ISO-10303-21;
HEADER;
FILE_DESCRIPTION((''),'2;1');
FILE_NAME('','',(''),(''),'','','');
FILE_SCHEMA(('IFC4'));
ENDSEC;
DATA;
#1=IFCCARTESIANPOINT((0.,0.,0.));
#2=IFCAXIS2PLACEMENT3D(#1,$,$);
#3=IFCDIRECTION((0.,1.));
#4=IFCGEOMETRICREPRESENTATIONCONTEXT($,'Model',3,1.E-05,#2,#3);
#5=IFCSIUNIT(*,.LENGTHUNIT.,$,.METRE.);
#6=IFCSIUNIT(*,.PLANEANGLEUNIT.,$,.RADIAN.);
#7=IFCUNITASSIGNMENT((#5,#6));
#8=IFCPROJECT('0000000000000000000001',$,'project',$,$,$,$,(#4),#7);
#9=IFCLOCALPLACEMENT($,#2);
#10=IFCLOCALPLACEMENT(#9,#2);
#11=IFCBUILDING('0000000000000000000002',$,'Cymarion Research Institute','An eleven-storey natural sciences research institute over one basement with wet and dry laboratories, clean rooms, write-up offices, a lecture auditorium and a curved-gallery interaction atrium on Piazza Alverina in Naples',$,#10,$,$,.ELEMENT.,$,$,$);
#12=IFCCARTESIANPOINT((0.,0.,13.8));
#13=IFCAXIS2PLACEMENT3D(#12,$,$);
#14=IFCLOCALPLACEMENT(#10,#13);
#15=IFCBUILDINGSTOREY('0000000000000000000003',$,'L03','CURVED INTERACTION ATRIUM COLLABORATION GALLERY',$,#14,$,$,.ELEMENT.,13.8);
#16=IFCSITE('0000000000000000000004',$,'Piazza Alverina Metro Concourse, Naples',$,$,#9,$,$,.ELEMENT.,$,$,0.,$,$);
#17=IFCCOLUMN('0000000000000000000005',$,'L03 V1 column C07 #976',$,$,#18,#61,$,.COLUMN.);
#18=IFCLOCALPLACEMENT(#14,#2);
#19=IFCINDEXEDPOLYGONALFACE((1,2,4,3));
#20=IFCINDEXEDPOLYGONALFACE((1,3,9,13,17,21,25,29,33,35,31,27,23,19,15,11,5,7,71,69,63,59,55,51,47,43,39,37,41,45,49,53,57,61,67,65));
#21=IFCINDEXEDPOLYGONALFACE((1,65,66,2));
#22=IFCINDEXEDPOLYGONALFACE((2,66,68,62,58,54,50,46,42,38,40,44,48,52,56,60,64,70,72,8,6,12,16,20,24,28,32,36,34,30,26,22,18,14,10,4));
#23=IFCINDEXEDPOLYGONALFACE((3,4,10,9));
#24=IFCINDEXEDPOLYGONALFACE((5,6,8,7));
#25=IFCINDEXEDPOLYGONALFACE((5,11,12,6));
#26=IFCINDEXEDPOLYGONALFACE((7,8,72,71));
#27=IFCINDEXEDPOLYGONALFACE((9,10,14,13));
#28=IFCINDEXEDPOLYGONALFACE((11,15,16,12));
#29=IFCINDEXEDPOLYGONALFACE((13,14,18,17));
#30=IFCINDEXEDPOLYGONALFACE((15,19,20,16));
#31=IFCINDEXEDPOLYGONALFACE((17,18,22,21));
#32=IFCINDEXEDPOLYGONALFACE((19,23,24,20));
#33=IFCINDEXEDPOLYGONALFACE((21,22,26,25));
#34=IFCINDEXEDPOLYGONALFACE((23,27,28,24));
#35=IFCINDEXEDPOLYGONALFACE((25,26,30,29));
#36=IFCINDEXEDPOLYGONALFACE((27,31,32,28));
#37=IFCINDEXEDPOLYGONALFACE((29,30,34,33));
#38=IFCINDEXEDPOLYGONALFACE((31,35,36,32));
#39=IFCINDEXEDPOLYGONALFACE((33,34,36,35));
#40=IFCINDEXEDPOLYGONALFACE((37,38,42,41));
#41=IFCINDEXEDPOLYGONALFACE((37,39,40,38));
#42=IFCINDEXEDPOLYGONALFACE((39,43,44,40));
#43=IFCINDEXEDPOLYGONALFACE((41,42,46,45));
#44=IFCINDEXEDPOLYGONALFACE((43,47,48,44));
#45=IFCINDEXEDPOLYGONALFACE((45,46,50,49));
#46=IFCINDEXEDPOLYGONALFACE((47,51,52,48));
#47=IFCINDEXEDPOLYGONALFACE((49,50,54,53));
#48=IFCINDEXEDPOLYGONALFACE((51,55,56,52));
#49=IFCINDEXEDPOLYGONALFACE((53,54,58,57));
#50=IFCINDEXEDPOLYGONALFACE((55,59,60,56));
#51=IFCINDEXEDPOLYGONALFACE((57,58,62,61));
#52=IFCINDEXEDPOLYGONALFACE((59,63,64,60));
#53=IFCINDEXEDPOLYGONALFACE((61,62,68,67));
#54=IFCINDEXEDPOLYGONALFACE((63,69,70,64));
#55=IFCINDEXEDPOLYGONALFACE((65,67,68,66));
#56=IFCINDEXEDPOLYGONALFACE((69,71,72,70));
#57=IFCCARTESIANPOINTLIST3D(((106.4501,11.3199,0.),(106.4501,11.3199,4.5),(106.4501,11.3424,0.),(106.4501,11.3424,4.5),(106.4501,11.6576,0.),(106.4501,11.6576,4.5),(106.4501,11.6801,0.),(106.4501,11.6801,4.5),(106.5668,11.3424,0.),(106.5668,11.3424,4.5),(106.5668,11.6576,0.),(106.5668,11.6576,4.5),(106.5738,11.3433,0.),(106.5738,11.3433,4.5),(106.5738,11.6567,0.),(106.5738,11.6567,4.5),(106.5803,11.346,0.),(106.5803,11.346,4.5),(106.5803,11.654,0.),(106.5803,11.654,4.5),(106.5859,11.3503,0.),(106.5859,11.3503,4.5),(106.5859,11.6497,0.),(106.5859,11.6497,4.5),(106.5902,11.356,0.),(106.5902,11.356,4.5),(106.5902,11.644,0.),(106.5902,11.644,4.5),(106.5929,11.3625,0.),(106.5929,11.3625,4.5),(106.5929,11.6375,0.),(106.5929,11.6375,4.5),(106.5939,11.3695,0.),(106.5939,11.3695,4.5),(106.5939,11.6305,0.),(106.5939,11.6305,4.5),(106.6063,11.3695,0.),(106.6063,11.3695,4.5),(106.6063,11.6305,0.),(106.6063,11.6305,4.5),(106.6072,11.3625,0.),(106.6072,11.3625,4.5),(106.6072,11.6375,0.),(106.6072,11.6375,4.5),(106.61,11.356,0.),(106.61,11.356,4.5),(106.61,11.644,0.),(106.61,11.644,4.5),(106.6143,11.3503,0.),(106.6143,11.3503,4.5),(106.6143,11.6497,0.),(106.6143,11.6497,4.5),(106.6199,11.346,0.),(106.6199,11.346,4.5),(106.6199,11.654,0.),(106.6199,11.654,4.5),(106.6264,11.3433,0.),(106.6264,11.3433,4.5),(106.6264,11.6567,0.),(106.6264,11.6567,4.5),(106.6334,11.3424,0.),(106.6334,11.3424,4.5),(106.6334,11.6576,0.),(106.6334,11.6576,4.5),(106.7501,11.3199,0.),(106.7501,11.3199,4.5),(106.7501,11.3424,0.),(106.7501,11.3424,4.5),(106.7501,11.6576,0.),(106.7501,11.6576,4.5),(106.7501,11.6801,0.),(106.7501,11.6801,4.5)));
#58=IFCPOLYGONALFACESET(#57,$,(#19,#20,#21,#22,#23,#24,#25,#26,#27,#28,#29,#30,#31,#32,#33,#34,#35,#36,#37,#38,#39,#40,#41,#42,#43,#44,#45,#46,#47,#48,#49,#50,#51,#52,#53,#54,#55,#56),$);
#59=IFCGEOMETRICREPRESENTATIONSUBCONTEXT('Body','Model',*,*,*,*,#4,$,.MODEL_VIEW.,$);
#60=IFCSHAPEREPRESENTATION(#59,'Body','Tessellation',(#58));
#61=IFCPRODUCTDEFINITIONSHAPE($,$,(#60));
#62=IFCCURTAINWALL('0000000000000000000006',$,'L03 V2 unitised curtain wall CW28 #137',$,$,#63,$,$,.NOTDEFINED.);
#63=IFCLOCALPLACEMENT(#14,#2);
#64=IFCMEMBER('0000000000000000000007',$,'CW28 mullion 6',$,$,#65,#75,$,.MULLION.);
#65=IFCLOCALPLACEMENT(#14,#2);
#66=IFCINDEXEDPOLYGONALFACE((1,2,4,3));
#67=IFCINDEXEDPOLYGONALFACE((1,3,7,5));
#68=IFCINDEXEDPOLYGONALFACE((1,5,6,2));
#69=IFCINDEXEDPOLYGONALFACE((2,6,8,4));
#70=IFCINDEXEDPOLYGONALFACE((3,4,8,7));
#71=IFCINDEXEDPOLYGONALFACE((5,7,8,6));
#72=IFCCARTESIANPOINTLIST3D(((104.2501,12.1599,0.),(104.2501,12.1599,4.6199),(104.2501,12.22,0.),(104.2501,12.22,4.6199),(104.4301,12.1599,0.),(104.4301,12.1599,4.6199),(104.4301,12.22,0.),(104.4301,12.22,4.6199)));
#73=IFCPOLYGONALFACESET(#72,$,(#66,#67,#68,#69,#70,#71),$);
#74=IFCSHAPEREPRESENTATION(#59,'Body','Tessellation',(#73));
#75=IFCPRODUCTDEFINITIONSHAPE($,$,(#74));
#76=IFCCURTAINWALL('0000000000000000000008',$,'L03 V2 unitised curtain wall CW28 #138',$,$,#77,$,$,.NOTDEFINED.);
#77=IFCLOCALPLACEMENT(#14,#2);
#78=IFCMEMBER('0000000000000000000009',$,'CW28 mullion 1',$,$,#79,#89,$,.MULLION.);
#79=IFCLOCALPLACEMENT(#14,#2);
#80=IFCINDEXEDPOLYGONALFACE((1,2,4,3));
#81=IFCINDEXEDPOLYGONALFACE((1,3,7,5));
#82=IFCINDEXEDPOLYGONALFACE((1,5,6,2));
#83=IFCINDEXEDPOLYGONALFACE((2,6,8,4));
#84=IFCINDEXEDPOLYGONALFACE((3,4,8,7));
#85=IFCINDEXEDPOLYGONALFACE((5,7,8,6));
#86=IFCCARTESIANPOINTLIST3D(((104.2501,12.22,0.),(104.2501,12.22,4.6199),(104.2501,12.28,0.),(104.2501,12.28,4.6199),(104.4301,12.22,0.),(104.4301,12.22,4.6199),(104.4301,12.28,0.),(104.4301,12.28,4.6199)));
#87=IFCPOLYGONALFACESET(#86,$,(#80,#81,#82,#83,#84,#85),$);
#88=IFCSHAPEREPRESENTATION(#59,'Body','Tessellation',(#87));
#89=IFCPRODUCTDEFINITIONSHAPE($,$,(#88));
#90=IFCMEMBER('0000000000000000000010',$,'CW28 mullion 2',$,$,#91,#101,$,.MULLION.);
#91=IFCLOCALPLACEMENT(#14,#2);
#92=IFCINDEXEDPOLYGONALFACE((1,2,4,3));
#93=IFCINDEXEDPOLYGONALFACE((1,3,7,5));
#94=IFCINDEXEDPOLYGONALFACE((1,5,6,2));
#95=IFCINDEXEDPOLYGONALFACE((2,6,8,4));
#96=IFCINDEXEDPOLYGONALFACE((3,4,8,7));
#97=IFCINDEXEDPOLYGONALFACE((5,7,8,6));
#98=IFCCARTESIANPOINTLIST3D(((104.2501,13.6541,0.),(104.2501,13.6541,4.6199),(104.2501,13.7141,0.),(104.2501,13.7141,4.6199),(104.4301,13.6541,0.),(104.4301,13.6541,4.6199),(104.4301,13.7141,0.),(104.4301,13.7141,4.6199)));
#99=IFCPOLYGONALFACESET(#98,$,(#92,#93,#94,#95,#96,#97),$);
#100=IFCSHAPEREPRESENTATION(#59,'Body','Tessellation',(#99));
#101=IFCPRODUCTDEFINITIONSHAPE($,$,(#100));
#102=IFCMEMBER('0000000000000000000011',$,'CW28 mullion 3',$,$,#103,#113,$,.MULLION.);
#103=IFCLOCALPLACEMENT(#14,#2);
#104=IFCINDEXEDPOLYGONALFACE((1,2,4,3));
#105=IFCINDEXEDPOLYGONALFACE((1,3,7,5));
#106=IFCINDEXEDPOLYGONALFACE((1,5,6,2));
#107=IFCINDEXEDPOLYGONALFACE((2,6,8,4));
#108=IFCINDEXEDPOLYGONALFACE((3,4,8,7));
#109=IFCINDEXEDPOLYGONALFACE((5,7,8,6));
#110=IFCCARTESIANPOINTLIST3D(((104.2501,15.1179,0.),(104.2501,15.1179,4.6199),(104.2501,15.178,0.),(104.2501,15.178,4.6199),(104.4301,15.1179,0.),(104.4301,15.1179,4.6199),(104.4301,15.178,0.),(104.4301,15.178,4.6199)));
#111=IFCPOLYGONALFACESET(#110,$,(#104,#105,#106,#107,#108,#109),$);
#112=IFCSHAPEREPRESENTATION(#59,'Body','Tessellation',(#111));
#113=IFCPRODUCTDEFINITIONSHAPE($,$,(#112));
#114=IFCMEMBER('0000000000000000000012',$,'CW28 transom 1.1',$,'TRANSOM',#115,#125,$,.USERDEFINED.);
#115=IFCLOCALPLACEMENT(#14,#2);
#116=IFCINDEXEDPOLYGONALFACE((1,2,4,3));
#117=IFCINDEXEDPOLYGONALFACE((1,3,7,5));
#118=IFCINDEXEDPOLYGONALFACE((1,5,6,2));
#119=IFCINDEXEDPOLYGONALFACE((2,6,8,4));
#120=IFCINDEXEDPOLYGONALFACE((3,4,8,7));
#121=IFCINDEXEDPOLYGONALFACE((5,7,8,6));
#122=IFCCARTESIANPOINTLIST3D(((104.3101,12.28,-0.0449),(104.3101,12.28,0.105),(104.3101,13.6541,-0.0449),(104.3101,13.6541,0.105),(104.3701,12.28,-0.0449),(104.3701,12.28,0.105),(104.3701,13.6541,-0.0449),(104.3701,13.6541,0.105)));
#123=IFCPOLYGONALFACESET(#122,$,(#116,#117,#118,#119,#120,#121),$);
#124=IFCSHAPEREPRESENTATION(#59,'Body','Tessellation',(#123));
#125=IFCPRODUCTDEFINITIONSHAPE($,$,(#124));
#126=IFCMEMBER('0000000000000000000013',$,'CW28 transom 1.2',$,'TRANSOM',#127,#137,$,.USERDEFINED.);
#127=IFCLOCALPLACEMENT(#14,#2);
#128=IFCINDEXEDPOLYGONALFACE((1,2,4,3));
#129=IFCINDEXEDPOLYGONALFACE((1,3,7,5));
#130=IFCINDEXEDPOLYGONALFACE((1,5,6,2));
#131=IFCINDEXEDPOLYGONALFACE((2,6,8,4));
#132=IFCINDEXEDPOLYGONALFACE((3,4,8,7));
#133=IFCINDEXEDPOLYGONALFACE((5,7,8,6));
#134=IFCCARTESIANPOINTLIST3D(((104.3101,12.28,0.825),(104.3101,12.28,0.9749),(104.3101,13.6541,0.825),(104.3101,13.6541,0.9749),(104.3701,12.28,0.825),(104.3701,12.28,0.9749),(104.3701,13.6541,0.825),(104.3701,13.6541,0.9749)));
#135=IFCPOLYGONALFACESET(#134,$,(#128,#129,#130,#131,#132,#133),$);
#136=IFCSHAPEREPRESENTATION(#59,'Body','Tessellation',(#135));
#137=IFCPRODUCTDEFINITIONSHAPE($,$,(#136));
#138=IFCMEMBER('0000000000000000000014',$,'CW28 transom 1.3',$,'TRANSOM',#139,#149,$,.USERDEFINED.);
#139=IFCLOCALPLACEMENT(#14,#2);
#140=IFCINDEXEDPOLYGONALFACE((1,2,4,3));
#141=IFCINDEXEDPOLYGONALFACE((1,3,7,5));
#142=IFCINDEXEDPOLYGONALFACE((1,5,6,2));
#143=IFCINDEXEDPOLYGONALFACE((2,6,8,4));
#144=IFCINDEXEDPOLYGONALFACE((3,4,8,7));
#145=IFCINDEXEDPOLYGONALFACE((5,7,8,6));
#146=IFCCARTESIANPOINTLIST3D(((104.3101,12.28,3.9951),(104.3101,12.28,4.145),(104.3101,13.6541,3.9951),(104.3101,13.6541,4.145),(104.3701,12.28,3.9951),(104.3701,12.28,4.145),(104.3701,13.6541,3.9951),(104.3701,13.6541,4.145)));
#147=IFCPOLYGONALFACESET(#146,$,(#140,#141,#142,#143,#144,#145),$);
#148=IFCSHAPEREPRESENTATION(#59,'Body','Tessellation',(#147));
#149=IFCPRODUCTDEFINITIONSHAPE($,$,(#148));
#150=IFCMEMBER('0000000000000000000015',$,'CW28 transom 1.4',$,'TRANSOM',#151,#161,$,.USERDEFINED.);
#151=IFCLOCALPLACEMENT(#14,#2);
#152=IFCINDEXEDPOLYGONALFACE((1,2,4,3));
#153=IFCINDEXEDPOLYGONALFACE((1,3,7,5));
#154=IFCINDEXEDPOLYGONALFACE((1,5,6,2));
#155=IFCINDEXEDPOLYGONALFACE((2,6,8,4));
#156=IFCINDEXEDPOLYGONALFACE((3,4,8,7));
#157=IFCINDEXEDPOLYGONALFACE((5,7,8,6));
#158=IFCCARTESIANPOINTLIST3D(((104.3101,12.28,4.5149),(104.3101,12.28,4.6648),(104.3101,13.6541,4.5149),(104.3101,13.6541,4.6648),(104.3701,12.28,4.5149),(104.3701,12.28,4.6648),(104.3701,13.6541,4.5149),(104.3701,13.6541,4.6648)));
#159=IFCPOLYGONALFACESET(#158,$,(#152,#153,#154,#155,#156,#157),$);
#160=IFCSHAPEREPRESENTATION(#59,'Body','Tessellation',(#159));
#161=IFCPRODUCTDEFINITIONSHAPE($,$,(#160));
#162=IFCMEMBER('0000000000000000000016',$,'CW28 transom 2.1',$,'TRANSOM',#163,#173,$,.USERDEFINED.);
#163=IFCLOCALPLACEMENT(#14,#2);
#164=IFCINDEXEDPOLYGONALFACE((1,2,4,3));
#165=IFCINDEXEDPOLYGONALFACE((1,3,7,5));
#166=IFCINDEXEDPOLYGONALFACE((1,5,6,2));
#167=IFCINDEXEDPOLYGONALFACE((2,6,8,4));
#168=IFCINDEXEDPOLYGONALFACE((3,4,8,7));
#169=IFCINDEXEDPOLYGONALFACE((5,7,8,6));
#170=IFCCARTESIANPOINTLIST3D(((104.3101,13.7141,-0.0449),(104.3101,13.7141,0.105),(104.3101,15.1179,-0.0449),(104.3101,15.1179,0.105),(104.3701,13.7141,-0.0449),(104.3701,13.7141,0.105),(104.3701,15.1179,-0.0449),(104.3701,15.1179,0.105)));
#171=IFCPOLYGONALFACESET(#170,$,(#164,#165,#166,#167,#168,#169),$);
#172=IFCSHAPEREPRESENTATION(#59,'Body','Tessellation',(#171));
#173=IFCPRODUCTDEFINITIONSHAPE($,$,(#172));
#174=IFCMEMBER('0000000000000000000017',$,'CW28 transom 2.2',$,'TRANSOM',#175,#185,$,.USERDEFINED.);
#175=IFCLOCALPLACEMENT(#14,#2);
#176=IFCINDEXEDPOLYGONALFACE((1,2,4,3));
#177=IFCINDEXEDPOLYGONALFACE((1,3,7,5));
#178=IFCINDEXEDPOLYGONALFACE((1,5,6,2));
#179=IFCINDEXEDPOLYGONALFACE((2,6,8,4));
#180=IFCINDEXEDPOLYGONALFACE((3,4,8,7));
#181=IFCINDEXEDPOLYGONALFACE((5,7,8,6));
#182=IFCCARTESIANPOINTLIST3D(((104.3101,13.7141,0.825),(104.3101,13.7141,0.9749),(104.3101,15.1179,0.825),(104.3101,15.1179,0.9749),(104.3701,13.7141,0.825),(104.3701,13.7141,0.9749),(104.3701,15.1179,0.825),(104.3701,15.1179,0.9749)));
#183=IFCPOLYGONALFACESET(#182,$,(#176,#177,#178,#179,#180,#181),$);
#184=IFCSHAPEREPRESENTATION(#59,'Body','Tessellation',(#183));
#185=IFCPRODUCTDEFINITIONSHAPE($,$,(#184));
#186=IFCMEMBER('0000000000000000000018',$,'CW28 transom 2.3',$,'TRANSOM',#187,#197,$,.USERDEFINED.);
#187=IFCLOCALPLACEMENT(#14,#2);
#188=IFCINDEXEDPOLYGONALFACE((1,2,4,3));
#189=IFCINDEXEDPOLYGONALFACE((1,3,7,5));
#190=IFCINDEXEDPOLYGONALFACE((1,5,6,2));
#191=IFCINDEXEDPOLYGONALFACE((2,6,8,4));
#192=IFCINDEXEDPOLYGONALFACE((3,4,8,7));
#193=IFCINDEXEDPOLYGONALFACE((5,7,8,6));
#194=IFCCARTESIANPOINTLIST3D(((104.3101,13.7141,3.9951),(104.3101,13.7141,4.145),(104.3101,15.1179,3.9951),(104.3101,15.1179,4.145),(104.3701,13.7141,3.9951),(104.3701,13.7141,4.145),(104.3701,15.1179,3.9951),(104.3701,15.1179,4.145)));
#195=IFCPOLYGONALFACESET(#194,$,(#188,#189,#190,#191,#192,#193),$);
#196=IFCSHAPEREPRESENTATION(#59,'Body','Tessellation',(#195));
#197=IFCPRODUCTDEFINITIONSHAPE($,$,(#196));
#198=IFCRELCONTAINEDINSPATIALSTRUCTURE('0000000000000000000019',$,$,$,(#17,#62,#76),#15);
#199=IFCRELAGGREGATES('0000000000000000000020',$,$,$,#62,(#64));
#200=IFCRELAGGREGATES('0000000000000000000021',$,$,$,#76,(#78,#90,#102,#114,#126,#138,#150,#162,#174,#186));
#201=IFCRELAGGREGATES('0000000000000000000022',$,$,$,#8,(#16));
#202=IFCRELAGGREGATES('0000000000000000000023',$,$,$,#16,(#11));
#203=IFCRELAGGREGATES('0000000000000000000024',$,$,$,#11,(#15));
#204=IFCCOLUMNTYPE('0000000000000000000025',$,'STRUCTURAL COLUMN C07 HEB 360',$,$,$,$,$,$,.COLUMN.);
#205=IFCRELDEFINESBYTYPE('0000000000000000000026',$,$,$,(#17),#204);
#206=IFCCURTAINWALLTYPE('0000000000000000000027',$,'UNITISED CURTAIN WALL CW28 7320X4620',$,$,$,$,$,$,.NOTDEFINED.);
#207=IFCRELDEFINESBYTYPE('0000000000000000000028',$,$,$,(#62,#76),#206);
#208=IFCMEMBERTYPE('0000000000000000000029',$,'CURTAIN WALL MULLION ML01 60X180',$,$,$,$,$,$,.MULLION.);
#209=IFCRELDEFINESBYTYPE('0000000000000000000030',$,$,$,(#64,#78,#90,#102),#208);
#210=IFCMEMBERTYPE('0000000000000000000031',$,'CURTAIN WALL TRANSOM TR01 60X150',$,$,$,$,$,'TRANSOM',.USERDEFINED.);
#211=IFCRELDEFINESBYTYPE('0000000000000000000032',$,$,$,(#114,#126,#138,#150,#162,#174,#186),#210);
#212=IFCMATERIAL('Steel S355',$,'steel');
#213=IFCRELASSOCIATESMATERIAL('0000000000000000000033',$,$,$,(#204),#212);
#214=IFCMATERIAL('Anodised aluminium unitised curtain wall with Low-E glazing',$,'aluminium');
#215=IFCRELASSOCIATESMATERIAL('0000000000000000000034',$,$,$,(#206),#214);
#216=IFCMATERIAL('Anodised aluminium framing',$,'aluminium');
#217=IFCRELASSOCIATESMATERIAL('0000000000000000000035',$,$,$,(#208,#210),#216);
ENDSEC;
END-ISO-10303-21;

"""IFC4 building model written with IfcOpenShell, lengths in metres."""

from ifc_helpers import new_model, si_unit, direction, frame, origin, origin_2d, place, context, subcontext, project, spatial, rectangle, i_section, extrude, material, material_profile, profile_set, type_object, element, aggregate, save


model = new_model("IFC4")

# Units and contexts
model_context = context("Model", 3, precision=1e-05, world=origin(), true_north=direction((0.0, 1.0)))
body_context = subcontext(model_context, "Body", "Model", "MODEL_VIEW")
ifc_project = project(units=[si_unit("LENGTHUNIT", "METRE"), si_unit("PLANEANGLEUNIT", "RADIAN")], contexts=[model_context])

# Site, building, storey
site_placement = place(None, origin())
site = spatial("IfcSite", under=ifc_project, at=site_placement, Name="Piazza Alverina Metro Concourse, Naples", CompositionType="ELEMENT", RefElevation=0.0)
building_placement = place(site_placement, origin())
building = spatial("IfcBuilding", under=site, at=building_placement, Name="Cymarion Research Institute", Description="An eleven-storey natural sciences research institute over one basement with wet and dry laboratories, clean rooms, write-up offices, a lecture auditorium and a curved-gallery interaction atrium on Piazza Alverina in Naples", CompositionType="ELEMENT")
storey_placement = place(building_placement, frame((0.0, 0.0, 13.8)))
storey = spatial("IfcBuildingStorey", under=building, at=storey_placement, Name="L03", Description="CURVED INTERACTION ATRIUM COLLABORATION GALLERY", CompositionType="ELEMENT", Elevation=13.8)

# Column
ifc_material_1 = material(Name="Steel S355", Category="steel")
ifc_material_profile_1 = material_profile(ifc_material_1, i_section(OverallWidth=0.3, OverallDepth=0.3601, WebThickness=0.0125, FlangeThickness=0.0225, FilletRadius=0.0271, at=origin_2d()), Name="HEB 360")
ifc_profile_set_1 = profile_set([ifc_material_profile_1], Name="Steel S355")
column_type = type_object("IfcColumnType", Name="STRUCTURAL COLUMN C07 HEB 360", PredefinedType="COLUMN", material=ifc_profile_set_1)
column_placement = place(storey_placement, frame((106.6001, 11.5, 0.0), z_axis=(0.0, 0.0, 1.0), x_axis=(1.0, 0.0, 0.0)))
element("IfcColumn", 1, at=column_placement, inside=storey, type_object=column_type, Name="L03 V1 column C07 #976", PredefinedType="COLUMN", context=body_context, shape_type="SweptSolid", body=[
    extrude(i_section(OverallWidth=0.3, OverallDepth=0.3601, WebThickness=0.0125, FlangeThickness=0.0225, FilletRadius=0.0271, at=origin_2d()), origin(), (0.0, 0.0, 1.0), 4.5),
])

# Curtain wall, member
ifc_material_2 = material(Name="Anodised aluminium unitised curtain wall with Low-E glazing", Category="aluminium")
curtain_wall_type = type_object("IfcCurtainWallType", Name="UNITISED CURTAIN WALL CW28 7320X4620", PredefinedType="NOTDEFINED", material=ifc_material_2)
curtain_wall_1_placement = place(storey_placement, origin())
curtain_wall_1 = element("IfcCurtainWall", 2, at=curtain_wall_1_placement, inside=storey, type_object=curtain_wall_type, Name="L03 V2 unitised curtain wall CW28 #137", PredefinedType="NOTDEFINED")
ifc_material_3 = material(Name="Anodised aluminium framing", Category="aluminium")
ifc_material_profile_2 = material_profile(ifc_material_3, rectangle(XDim=0.0601, YDim=0.1799, at=origin_2d()), Name="ALU MULLION 60x180")
ifc_profile_set_2 = profile_set([ifc_material_profile_2], Name="Anodised aluminium framing")
member_type_1 = type_object("IfcMemberType", Name="CURTAIN WALL MULLION ML01 60X180", PredefinedType="MULLION", material=ifc_profile_set_2)
member_1_placement = place(storey_placement, frame((104.3401, 12.1899, 0.0), z_axis=(0.0, 0.0, 1.0), x_axis=(0.0, 1.0, 0.0)))
member_1 = element("IfcMember", 3, at=member_1_placement, type_object=member_type_1, Name="CW28 mullion 6", PredefinedType="MULLION", context=body_context, shape_type="SweptSolid", body=[
    extrude(rectangle(XDim=0.0601, YDim=0.1799, at=origin_2d()), origin(), (0.0, 0.0, 1.0), 4.6199),
])
aggregate(curtain_wall_1, [member_1])

# Curtain wall, members
curtain_wall_2_placement = place(storey_placement, origin())
curtain_wall_2 = element("IfcCurtainWall", 4, at=curtain_wall_2_placement, inside=storey, type_object=curtain_wall_type, Name="L03 V2 unitised curtain wall CW28 #138", PredefinedType="NOTDEFINED")
member_2_placement = place(storey_placement, frame((104.3401, 12.25, 0.0), z_axis=(0.0, 0.0, 1.0), x_axis=(0.0, 1.0, 0.0)))
member_2 = element("IfcMember", 5, at=member_2_placement, type_object=member_type_1, Name="CW28 mullion 1", PredefinedType="MULLION", context=body_context, shape_type="SweptSolid", body=[
    extrude(rectangle(XDim=0.0601, YDim=0.1799, at=origin_2d()), origin(), (0.0, 0.0, 1.0), 4.6199),
])
member_3_placement = place(storey_placement, frame((104.3401, 13.6841, 0.0), z_axis=(0.0, 0.0, 1.0), x_axis=(0.0, 1.0, 0.0)))
member_3 = element("IfcMember", 6, at=member_3_placement, type_object=member_type_1, Name="CW28 mullion 2", PredefinedType="MULLION", context=body_context, shape_type="SweptSolid", body=[
    extrude(rectangle(XDim=0.0601, YDim=0.1799, at=origin_2d()), origin(), (0.0, 0.0, 1.0), 4.6199),
])
member_4_placement = place(storey_placement, frame((104.3401, 15.1479, 0.0), z_axis=(0.0, 0.0, 1.0), x_axis=(0.0, 1.0, 0.0)))
member_4 = element("IfcMember", 7, at=member_4_placement, type_object=member_type_1, Name="CW28 mullion 3", PredefinedType="MULLION", context=body_context, shape_type="SweptSolid", body=[
    extrude(rectangle(XDim=0.0601, YDim=0.1799, at=origin_2d()), origin(), (0.0, 0.0, 1.0), 4.6199),
])
ifc_material_profile_3 = material_profile(ifc_material_3, rectangle(XDim=0.0601, YDim=0.1499, at=origin_2d()), Name="ALU TRANSOM 60x150")
ifc_profile_set_3 = profile_set([ifc_material_profile_3], Name="Anodised aluminium framing")
member_type_2 = type_object("IfcMemberType", Name="CURTAIN WALL TRANSOM TR01 60X150", ElementType="TRANSOM", PredefinedType="USERDEFINED", material=ifc_profile_set_3)
member_5_placement = place(storey_placement, frame((104.3401, 12.28, 0.03), z_axis=(0.0, 1.0, 0.0), x_axis=(-1.0, 0.0, 0.0)))
member_5 = element("IfcMember", 8, at=member_5_placement, type_object=member_type_2, Name="CW28 transom 1.1", ObjectType="TRANSOM", PredefinedType="USERDEFINED", context=body_context, shape_type="SweptSolid", body=[
    extrude(rectangle(XDim=0.0601, YDim=0.1499, at=origin_2d()), origin(), (0.0, 0.0, 1.0), 1.374),
])
member_6_placement = place(storey_placement, frame((104.3401, 12.28, 0.8999), z_axis=(0.0, 1.0, 0.0), x_axis=(-1.0, 0.0, 0.0)))
member_6 = element("IfcMember", 9, at=member_6_placement, type_object=member_type_2, Name="CW28 transom 1.2", ObjectType="TRANSOM", PredefinedType="USERDEFINED", context=body_context, shape_type="SweptSolid", body=[
    extrude(rectangle(XDim=0.0601, YDim=0.1499, at=origin_2d()), origin(), (0.0, 0.0, 1.0), 1.374),
])
member_7_placement = place(storey_placement, frame((104.3401, 12.28, 4.0701), z_axis=(0.0, 1.0, 0.0), x_axis=(-1.0, 0.0, 0.0)))
member_7 = element("IfcMember", 10, at=member_7_placement, type_object=member_type_2, Name="CW28 transom 1.3", ObjectType="TRANSOM", PredefinedType="USERDEFINED", context=body_context, shape_type="SweptSolid", body=[
    extrude(rectangle(XDim=0.0601, YDim=0.1499, at=origin_2d()), origin(), (0.0, 0.0, 1.0), 1.374),
])
member_8_placement = place(storey_placement, frame((104.3401, 12.28, 4.5898), z_axis=(0.0, 1.0, 0.0), x_axis=(-1.0, 0.0, 0.0)))
member_8 = element("IfcMember", 11, at=member_8_placement, type_object=member_type_2, Name="CW28 transom 1.4", ObjectType="TRANSOM", PredefinedType="USERDEFINED", context=body_context, shape_type="SweptSolid", body=[
    extrude(rectangle(XDim=0.0601, YDim=0.1499, at=origin_2d()), origin(), (0.0, 0.0, 1.0), 1.374),
])
member_9_placement = place(storey_placement, frame((104.3401, 13.7141, 0.03), z_axis=(0.0, 1.0, 0.0), x_axis=(-1.0, 0.0, 0.0)))
member_9 = element("IfcMember", 12, at=member_9_placement, type_object=member_type_2, Name="CW28 transom 2.1", ObjectType="TRANSOM", PredefinedType="USERDEFINED", context=body_context, shape_type="SweptSolid", body=[
    extrude(rectangle(XDim=0.0601, YDim=0.1499, at=origin_2d()), origin(), (0.0, 0.0, 1.0), 1.4038),
])
member_10_placement = place(storey_placement, frame((104.3401, 13.7141, 0.8999), z_axis=(0.0, 1.0, 0.0), x_axis=(-1.0, 0.0, 0.0)))
member_10 = element("IfcMember", 13, at=member_10_placement, type_object=member_type_2, Name="CW28 transom 2.2", ObjectType="TRANSOM", PredefinedType="USERDEFINED", context=body_context, shape_type="SweptSolid", body=[
    extrude(rectangle(XDim=0.0601, YDim=0.1499, at=origin_2d()), origin(), (0.0, 0.0, 1.0), 1.4038),
])
member_11_placement = place(storey_placement, frame((104.3401, 13.7141, 4.0701), z_axis=(0.0, 1.0, 0.0), x_axis=(-1.0, 0.0, 0.0)))
member_11 = element("IfcMember", 14, at=member_11_placement, type_object=member_type_2, Name="CW28 transom 2.3", ObjectType="TRANSOM", PredefinedType="USERDEFINED", context=body_context, shape_type="SweptSolid", body=[
    extrude(rectangle(XDim=0.0601, YDim=0.1499, at=origin_2d()), origin(), (0.0, 0.0, 1.0), 1.4038),
])

aggregate(curtain_wall_2, [member_2, member_3, member_4, member_5, member_6, member_7, member_8, member_9, member_10, member_11])

save(model, "model.ifc")
